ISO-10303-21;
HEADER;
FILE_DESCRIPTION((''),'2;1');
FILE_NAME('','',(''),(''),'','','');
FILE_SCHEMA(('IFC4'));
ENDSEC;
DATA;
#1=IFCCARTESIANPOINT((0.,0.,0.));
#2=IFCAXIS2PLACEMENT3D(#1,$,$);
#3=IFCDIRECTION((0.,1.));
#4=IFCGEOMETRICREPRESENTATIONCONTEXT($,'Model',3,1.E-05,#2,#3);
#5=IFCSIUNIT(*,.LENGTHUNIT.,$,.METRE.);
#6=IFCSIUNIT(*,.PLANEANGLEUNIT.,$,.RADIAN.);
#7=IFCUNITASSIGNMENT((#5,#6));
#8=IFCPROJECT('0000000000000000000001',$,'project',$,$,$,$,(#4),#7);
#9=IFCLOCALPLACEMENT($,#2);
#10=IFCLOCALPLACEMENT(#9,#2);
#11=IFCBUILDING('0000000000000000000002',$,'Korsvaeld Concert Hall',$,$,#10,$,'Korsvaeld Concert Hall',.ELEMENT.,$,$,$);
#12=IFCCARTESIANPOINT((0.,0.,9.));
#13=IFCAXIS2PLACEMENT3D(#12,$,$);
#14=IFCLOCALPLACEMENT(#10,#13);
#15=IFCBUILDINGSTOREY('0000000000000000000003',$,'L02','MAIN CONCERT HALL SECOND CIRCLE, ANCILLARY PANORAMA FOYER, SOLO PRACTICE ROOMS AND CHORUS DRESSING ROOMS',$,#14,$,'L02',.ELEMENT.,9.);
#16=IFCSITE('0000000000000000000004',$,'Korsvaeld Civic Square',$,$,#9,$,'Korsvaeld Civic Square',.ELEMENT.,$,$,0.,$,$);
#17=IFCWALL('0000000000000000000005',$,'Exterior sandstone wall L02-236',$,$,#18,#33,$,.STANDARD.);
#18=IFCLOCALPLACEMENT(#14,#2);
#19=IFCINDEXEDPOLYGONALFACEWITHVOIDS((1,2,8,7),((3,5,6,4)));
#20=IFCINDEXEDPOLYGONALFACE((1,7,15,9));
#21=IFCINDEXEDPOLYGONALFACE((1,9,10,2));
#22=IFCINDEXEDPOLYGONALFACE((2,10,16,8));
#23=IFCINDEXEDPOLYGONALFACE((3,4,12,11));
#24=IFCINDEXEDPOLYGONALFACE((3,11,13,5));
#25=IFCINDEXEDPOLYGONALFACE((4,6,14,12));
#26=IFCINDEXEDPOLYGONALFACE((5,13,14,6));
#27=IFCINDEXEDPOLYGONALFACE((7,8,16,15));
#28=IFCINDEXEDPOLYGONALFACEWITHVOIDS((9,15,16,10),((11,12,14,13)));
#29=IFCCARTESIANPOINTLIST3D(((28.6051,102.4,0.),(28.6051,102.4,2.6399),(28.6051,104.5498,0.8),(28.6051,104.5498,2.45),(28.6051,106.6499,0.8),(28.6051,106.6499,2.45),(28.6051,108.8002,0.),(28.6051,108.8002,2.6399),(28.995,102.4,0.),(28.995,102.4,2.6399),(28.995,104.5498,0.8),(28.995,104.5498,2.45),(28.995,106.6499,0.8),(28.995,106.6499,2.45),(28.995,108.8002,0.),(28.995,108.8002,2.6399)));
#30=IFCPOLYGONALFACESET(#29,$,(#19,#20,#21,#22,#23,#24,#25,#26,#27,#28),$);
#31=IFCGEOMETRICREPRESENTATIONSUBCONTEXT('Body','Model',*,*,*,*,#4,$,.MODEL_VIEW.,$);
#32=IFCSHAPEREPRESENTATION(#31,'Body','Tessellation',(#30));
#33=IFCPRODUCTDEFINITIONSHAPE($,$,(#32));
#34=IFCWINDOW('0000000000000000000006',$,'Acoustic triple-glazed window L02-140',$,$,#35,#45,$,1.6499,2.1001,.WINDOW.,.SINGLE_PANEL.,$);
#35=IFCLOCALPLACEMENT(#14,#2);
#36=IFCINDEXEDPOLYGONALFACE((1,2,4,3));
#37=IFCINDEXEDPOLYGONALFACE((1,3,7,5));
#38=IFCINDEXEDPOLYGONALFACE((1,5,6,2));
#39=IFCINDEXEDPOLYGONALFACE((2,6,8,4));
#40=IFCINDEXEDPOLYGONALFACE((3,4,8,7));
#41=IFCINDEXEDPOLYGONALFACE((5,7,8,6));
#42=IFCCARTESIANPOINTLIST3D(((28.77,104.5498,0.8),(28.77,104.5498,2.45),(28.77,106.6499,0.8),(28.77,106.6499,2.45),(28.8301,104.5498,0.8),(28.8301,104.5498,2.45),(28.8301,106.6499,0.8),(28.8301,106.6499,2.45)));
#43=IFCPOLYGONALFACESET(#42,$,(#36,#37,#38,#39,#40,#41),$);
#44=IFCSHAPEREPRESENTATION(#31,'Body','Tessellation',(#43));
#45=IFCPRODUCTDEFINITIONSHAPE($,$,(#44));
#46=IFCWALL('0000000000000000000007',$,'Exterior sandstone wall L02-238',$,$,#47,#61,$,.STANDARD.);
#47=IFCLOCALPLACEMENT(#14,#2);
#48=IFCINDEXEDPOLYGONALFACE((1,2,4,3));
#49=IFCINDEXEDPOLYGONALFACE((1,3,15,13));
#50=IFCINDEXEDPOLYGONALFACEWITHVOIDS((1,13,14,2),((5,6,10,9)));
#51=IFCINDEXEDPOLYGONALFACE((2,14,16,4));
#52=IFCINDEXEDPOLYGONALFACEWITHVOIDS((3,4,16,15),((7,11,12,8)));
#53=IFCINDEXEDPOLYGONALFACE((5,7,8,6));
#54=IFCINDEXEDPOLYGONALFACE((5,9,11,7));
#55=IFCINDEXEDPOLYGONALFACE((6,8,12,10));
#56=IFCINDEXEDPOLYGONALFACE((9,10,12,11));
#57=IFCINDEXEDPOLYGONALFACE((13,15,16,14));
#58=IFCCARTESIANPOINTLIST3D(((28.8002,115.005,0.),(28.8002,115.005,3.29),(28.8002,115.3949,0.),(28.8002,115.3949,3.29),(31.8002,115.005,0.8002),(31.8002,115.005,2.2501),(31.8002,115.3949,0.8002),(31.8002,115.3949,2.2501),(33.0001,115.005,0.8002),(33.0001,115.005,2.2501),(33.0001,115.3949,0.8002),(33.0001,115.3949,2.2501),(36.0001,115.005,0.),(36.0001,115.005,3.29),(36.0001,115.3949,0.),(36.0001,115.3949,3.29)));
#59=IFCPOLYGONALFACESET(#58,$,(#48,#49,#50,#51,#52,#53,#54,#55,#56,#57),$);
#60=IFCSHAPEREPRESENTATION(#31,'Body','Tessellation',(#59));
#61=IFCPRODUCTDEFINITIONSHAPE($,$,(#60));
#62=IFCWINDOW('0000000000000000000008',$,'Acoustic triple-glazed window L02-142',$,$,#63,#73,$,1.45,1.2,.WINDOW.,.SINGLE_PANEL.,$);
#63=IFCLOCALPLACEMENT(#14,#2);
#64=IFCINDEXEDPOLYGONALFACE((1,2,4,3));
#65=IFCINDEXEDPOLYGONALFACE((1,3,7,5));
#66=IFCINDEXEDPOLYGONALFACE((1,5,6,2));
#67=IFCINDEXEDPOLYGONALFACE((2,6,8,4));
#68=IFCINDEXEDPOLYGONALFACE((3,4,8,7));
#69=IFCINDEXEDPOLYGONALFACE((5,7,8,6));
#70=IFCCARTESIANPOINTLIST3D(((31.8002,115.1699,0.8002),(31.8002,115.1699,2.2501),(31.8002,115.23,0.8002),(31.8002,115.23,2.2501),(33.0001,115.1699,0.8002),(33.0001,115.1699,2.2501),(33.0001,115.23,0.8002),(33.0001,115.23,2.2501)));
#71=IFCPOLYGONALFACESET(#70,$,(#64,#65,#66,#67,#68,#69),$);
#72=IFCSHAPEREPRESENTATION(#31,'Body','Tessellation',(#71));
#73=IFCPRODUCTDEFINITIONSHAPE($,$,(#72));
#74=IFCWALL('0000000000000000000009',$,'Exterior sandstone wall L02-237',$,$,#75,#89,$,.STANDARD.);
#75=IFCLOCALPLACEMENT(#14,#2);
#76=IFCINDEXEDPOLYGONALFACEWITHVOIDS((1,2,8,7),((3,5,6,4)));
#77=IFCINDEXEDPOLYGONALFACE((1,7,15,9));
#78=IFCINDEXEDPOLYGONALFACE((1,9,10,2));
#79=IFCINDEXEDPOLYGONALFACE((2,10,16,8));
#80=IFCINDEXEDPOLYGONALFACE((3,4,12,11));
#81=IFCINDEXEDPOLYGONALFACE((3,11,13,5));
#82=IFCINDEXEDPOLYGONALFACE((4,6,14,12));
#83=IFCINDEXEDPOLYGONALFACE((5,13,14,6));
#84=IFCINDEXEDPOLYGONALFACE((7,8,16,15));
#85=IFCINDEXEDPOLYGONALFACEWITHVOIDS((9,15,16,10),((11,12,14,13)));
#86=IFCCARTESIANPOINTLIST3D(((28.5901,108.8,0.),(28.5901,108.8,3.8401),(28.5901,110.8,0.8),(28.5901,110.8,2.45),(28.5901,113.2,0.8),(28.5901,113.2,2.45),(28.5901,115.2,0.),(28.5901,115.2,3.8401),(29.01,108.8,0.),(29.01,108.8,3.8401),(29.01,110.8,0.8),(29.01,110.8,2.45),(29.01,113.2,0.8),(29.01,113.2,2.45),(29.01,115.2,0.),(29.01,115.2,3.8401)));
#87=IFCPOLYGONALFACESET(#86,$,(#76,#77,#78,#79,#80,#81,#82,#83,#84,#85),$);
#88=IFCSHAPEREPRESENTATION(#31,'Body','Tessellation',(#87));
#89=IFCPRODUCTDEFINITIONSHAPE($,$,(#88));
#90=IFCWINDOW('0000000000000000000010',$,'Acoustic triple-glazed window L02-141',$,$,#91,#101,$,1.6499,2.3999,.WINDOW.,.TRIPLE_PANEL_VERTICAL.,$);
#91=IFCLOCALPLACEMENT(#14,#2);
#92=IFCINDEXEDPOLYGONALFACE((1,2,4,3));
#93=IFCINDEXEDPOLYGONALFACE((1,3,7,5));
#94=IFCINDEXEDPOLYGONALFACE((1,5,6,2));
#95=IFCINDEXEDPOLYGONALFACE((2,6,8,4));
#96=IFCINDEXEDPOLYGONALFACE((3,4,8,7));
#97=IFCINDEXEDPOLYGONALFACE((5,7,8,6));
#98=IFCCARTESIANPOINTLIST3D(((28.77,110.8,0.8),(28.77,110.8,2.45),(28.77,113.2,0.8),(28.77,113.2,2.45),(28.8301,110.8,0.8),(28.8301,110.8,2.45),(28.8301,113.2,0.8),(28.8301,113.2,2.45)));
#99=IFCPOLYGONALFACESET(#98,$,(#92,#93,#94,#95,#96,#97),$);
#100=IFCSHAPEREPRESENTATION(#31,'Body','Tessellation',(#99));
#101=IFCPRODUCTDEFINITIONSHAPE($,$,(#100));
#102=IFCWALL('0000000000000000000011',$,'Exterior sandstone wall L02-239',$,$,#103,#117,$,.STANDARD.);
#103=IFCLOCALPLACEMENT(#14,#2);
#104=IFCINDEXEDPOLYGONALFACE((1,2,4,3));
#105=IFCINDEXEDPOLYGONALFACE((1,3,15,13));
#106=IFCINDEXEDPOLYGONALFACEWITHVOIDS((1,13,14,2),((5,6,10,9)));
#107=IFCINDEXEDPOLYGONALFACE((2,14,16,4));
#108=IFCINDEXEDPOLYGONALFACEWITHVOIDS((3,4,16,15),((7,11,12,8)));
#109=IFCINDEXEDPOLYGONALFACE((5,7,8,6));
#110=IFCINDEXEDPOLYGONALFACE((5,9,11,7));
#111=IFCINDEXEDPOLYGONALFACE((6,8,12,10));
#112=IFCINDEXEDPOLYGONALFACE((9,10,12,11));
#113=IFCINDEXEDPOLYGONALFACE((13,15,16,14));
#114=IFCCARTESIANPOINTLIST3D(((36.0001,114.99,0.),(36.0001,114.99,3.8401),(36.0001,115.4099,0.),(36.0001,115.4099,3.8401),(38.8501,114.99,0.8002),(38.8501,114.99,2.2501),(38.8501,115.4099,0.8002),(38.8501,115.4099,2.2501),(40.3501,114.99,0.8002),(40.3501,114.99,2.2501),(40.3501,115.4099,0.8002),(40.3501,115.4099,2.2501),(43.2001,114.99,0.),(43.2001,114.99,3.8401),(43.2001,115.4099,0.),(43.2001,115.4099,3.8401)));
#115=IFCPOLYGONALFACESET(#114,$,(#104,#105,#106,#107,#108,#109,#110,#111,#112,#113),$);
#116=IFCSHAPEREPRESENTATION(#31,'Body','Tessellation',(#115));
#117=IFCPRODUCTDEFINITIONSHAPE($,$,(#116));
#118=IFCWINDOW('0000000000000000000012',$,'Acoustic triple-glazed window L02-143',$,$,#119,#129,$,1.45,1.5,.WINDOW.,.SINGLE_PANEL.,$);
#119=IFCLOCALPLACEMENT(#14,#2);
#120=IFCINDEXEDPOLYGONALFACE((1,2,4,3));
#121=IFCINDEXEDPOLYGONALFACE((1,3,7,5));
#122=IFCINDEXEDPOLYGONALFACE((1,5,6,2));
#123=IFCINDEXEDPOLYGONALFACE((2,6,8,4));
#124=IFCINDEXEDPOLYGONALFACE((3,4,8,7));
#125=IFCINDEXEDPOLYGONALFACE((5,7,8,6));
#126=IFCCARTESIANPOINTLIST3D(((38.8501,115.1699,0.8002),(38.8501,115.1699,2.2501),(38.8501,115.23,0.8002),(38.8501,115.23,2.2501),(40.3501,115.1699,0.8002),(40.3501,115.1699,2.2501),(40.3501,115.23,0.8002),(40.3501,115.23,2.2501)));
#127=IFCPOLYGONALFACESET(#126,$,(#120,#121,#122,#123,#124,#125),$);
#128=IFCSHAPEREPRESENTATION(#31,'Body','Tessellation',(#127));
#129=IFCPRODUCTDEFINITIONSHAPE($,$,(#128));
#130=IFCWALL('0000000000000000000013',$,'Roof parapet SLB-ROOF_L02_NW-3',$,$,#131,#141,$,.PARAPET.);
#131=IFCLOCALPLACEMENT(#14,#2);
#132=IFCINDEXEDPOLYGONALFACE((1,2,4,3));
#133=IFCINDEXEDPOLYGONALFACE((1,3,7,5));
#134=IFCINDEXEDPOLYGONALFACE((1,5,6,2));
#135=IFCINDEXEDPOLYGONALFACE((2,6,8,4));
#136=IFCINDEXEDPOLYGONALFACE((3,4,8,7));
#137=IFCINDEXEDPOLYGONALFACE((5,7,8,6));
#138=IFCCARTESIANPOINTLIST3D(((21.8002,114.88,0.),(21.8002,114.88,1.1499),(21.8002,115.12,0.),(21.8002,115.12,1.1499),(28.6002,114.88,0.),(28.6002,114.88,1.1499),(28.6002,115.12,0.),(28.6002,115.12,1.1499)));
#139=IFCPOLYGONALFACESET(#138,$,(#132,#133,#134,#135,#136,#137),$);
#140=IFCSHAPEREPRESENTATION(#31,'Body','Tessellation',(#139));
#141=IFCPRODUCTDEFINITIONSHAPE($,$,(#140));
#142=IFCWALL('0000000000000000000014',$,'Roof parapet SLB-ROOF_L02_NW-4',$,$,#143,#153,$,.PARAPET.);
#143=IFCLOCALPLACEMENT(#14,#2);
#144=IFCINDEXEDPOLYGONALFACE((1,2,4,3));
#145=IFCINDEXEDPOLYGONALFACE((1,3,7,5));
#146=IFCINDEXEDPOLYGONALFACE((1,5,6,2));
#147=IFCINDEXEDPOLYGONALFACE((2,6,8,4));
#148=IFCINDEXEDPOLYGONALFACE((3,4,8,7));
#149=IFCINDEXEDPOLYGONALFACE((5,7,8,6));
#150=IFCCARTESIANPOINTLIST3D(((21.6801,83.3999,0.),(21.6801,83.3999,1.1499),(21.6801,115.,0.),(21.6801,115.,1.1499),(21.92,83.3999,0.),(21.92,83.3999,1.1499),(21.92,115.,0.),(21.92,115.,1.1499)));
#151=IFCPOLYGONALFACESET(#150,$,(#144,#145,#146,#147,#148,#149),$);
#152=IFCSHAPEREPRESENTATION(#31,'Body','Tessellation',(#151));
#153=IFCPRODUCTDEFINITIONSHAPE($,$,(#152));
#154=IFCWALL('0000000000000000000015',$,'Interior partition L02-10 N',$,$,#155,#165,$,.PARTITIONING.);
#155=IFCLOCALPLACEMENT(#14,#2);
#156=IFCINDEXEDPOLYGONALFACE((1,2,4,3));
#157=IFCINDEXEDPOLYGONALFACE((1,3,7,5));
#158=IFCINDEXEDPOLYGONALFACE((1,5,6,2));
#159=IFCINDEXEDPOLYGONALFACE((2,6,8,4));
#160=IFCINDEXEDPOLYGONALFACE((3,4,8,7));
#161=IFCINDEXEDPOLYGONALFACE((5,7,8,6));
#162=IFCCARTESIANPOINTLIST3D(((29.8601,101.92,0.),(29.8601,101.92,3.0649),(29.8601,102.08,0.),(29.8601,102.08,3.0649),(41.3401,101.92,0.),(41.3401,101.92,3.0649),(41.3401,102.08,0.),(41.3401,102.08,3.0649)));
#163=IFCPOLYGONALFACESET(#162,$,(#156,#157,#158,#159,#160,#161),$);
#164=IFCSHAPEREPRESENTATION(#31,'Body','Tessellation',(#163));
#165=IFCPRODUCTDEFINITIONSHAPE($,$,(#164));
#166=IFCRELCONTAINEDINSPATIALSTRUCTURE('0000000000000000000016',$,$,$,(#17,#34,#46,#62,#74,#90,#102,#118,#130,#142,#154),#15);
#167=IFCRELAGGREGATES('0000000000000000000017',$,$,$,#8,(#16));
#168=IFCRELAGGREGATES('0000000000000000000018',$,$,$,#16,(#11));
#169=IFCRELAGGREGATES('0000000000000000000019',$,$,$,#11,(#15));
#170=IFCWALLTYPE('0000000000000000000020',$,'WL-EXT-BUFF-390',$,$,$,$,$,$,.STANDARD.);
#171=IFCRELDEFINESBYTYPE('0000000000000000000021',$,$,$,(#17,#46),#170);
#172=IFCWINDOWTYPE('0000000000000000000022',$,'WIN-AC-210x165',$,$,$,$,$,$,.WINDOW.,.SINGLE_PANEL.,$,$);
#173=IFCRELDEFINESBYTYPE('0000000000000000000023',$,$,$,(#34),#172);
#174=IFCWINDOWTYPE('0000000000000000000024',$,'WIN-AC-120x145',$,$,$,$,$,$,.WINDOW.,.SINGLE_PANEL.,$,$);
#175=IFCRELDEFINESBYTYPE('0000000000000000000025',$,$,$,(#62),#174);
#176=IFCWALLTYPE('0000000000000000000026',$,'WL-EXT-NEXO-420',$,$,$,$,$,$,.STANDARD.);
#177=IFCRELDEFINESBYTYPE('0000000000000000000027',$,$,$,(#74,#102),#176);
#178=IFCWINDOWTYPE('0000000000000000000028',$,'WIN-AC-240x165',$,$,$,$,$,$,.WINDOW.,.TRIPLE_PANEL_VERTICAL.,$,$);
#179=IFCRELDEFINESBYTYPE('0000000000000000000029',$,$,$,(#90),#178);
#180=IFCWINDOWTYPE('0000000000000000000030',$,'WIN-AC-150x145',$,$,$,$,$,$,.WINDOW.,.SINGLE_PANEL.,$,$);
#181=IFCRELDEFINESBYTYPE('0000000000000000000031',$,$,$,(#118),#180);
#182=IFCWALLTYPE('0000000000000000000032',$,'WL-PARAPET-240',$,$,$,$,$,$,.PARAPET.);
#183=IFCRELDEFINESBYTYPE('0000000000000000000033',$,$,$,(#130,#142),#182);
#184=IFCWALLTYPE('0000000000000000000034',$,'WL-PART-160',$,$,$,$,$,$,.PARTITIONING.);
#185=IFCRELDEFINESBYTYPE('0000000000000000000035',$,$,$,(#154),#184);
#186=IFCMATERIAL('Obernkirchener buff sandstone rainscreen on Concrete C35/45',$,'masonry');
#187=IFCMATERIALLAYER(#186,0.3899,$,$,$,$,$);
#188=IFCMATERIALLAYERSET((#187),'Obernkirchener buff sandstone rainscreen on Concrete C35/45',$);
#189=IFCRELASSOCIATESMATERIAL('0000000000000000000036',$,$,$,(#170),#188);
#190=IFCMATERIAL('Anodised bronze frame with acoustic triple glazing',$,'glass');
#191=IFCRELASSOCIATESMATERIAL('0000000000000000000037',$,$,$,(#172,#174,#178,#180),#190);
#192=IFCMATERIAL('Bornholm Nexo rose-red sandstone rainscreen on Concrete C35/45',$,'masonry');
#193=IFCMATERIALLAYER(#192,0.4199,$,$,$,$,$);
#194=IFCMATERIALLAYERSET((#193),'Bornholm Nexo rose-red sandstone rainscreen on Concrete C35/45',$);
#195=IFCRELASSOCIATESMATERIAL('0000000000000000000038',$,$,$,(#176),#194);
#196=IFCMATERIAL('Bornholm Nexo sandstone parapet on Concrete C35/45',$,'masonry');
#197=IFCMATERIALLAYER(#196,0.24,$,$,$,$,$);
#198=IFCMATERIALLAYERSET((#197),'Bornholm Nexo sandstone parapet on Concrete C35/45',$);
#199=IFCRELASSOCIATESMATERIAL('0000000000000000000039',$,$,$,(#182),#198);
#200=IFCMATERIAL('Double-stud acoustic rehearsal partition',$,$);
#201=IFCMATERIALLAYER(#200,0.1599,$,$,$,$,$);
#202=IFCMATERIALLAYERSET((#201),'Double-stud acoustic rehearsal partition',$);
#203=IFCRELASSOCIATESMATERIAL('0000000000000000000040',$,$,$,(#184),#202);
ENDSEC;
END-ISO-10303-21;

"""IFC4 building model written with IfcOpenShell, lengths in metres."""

from ifc_helpers import new_model, si_unit, direction, frame, frame_2d, origin, place, context, subcontext, project, spatial, rectangle, extrude, material, layer, layer_set, type_object, element, fill, save


model = new_model("IFC4")

# Units and contexts
model_context = context("Model", 3, precision=1e-05, world=origin(), true_north=direction((0.0, 1.0)))
body_context = subcontext(model_context, "Body", "Model", "MODEL_VIEW")
ifc_project = project(units=[si_unit("LENGTHUNIT", "METRE"), si_unit("PLANEANGLEUNIT", "RADIAN")], contexts=[model_context])

# Site, building, storey
site_placement = place(None, origin())
site = spatial("IfcSite", under=ifc_project, at=site_placement, Name="Korsvaeld Civic Square", LongName="Korsvaeld Civic Square", CompositionType="ELEMENT", RefElevation=0.0)
building_placement = place(site_placement, origin())
building = spatial("IfcBuilding", under=site, at=building_placement, Name="Korsvaeld Concert Hall", LongName="Korsvaeld Concert Hall", CompositionType="ELEMENT")
storey_placement = place(building_placement, frame((0.0, 0.0, 9.0)))
storey = spatial("IfcBuildingStorey", under=building, at=storey_placement, Name="L02", Description="MAIN CONCERT HALL SECOND CIRCLE, ANCILLARY PANORAMA FOYER, SOLO PRACTICE ROOMS AND CHORUS DRESSING ROOMS", LongName="L02", CompositionType="ELEMENT", Elevation=9.0)

# Walls, openings, windows
ifc_material_1 = material(Name="Obernkirchener buff sandstone rainscreen on Concrete C35/45", Category="masonry")
ifc_layer_1 = layer(ifc_material_1, 0.3899)
ifc_layer_set_1 = layer_set([ifc_layer_1], Name="Obernkirchener buff sandstone rainscreen on Concrete C35/45")
wall_type_1 = type_object("IfcWallType", Name="WL-EXT-BUFF-390", PredefinedType="STANDARD", material=ifc_layer_set_1)
wall_1_placement = place(storey_placement, frame((28.8, 102.3999, 0.0), z_axis=(0.0, 0.0, 1.0), x_axis=(0.0, 1.0, 0.0)))
wall_1 = element("IfcWall", 1, at=wall_1_placement, inside=storey, type_object=wall_type_1, Name="Exterior sandstone wall L02-236", PredefinedType="STANDARD", context=body_context, shape_type="SweptSolid", body=[
    extrude(rectangle(XDim=6.4001, YDim=0.3899, at=frame_2d((3.2002, 0.0))), origin(), (0.0, 0.0, 1.0), 2.6399),
])
opening_1_placement = place(wall_1_placement, frame((2.1499, 0.0, 0.8)))
opening_1 = element("IfcOpeningElement", 2, at=opening_1_placement, cuts=wall_1, PredefinedType="OPENING", context=body_context, shape_type="SweptSolid", body=[
    extrude(rectangle(XDim=2.1001, YDim=1.6499, at=frame_2d((1.05, 0.825))), frame((0.0, 0.2051, 0.0), z_axis=(0.0, -1.0, 0.0), x_axis=(1.0, 0.0, 0.0)), (0.0, 0.0, 1.0), 0.4099),
])
ifc_material_2 = material(Name="Anodised bronze frame with acoustic triple glazing", Category="glass")
window_type_1 = type_object("IfcWindowType", Name="WIN-AC-210x165", PartitioningType="SINGLE_PANEL", PredefinedType="WINDOW", material=ifc_material_2)
window_1_placement = place(opening_1_placement, origin())
window_1 = element("IfcWindow", 3, at=window_1_placement, inside=storey, type_object=window_type_1, Name="Acoustic triple-glazed window L02-140", OverallHeight=1.6499, OverallWidth=2.1001, PartitioningType="SINGLE_PANEL", PredefinedType="WINDOW", context=body_context, shape_type="SweptSolid", body=[
    extrude(rectangle(XDim=2.1001, YDim=1.6499, at=frame_2d((1.05, 0.825))), frame((0.0, 0.03, 0.0), z_axis=(0.0, -1.0, 0.0), x_axis=(1.0, 0.0, 0.0)), (0.0, 0.0, 1.0), 0.0601),
])
fill(opening_1, window_1)
wall_2_placement = place(storey_placement, frame((28.8, 115.2, 0.0), z_axis=(0.0, 0.0, 1.0), x_axis=(1.0, 0.0, 0.0)))
wall_2 = element("IfcWall", 4, at=wall_2_placement, inside=storey, type_object=wall_type_1, Name="Exterior sandstone wall L02-238", PredefinedType="STANDARD", context=body_context, shape_type="SweptSolid", body=[
    extrude(rectangle(XDim=7.2, YDim=0.3899, at=frame_2d((3.6001, 0.0))), origin(), (0.0, 0.0, 1.0), 3.29),
])
opening_2_placement = place(wall_2_placement, frame((3.0, 0.0, 0.8)))
opening_2 = element("IfcOpeningElement", 5, at=opening_2_placement, cuts=wall_2, PredefinedType="OPENING", context=body_context, shape_type="SweptSolid", body=[
    extrude(rectangle(XDim=1.2, YDim=1.45, at=frame_2d((0.6001, 0.7251))), frame((0.0, 0.2051, 0.0), z_axis=(0.0, -1.0, 0.0), x_axis=(1.0, 0.0, 0.0)), (0.0, 0.0, 1.0), 0.4099),
])
window_type_2 = type_object("IfcWindowType", Name="WIN-AC-120x145", PartitioningType="SINGLE_PANEL", PredefinedType="WINDOW", material=ifc_material_2)
window_2_placement = place(opening_2_placement, origin())
window_2 = element("IfcWindow", 6, at=window_2_placement, inside=storey, type_object=window_type_2, Name="Acoustic triple-glazed window L02-142", OverallHeight=1.45, OverallWidth=1.2, PartitioningType="SINGLE_PANEL", PredefinedType="WINDOW", context=body_context, shape_type="SweptSolid", body=[
    extrude(rectangle(XDim=1.2, YDim=1.45, at=frame_2d((0.6001, 0.7251))), frame((0.0, 0.03, 0.0), z_axis=(0.0, -1.0, 0.0), x_axis=(1.0, 0.0, 0.0)), (0.0, 0.0, 1.0), 0.0601),
])
fill(opening_2, window_2)
ifc_material_3 = material(Name="Bornholm Nexo rose-red sandstone rainscreen on Concrete C35/45", Category="masonry")
ifc_layer_2 = layer(ifc_material_3, 0.4199)
ifc_layer_set_2 = layer_set([ifc_layer_2], Name="Bornholm Nexo rose-red sandstone rainscreen on Concrete C35/45")
wall_type_2 = type_object("IfcWallType", Name="WL-EXT-NEXO-420", PredefinedType="STANDARD", material=ifc_layer_set_2)
wall_3_placement = place(storey_placement, frame((28.8, 108.8, 0.0), z_axis=(0.0, 0.0, 1.0), x_axis=(0.0, 1.0, 0.0)))
wall_3 = element("IfcWall", 7, at=wall_3_placement, inside=storey, type_object=wall_type_2, Name="Exterior sandstone wall L02-237", PredefinedType="STANDARD", context=body_context, shape_type="SweptSolid", body=[
    extrude(rectangle(XDim=6.3999, YDim=0.4199, at=frame_2d((3.2, 0.0))), origin(), (0.0, 0.0, 1.0), 3.8401),
])
opening_3_placement = place(wall_3_placement, frame((2.0, 0.0, 0.8)))
opening_3 = element("IfcOpeningElement", 8, at=opening_3_placement, cuts=wall_3, PredefinedType="OPENING", context=body_context, shape_type="SweptSolid", body=[
    extrude(rectangle(XDim=2.3999, YDim=1.6499, at=frame_2d((1.2, 0.825))), frame((0.0, 0.22, 0.0), z_axis=(0.0, -1.0, 0.0), x_axis=(1.0, 0.0, 0.0)), (0.0, 0.0, 1.0), 0.4399),
])
window_type_3 = type_object("IfcWindowType", Name="WIN-AC-240x165", PartitioningType="TRIPLE_PANEL_VERTICAL", PredefinedType="WINDOW", material=ifc_material_2)
window_3_placement = place(opening_3_placement, origin())
window_3 = element("IfcWindow", 9, at=window_3_placement, inside=storey, type_object=window_type_3, Name="Acoustic triple-glazed window L02-141", OverallHeight=1.6499, OverallWidth=2.3999, PartitioningType="TRIPLE_PANEL_VERTICAL", PredefinedType="WINDOW", context=body_context, shape_type="SweptSolid", body=[
    extrude(rectangle(XDim=2.3999, YDim=1.6499, at=frame_2d((1.2, 0.825))), frame((0.0, 0.03, 0.0), z_axis=(0.0, -1.0, 0.0), x_axis=(1.0, 0.0, 0.0)), (0.0, 0.0, 1.0), 0.0601),
])
fill(opening_3, window_3)
wall_4_placement = place(storey_placement, frame((36.0, 115.2, 0.0), z_axis=(0.0, 0.0, 1.0), x_axis=(1.0, 0.0, 0.0)))
wall_4 = element("IfcWall", 10, at=wall_4_placement, inside=storey, type_object=wall_type_2, Name="Exterior sandstone wall L02-239", PredefinedType="STANDARD", context=body_context, shape_type="SweptSolid", body=[
    extrude(rectangle(XDim=7.2, YDim=0.4199, at=frame_2d((3.6001, 0.0))), origin(), (0.0, 0.0, 1.0), 3.8401),
])
opening_4_placement = place(wall_4_placement, frame((2.8501, 0.0, 0.8)))
opening_4 = element("IfcOpeningElement", 11, at=opening_4_placement, cuts=wall_4, PredefinedType="OPENING", context=body_context, shape_type="SweptSolid", body=[
    extrude(rectangle(XDim=1.5, YDim=1.45, at=frame_2d((0.75, 0.7251))), frame((0.0, 0.22, 0.0), z_axis=(0.0, -1.0, 0.0), x_axis=(1.0, 0.0, 0.0)), (0.0, 0.0, 1.0), 0.4399),
])
window_type_4 = type_object("IfcWindowType", Name="WIN-AC-150x145", PartitioningType="SINGLE_PANEL", PredefinedType="WINDOW", material=ifc_material_2)
window_4_placement = place(opening_4_placement, origin())
window_4 = element("IfcWindow", 12, at=window_4_placement, inside=storey, type_object=window_type_4, Name="Acoustic triple-glazed window L02-143", OverallHeight=1.45, OverallWidth=1.5, PartitioningType="SINGLE_PANEL", PredefinedType="WINDOW", context=body_context, shape_type="SweptSolid", body=[
    extrude(rectangle(XDim=1.5, YDim=1.45, at=frame_2d((0.75, 0.7251))), frame((0.0, 0.03, 0.0), z_axis=(0.0, -1.0, 0.0), x_axis=(1.0, 0.0, 0.0)), (0.0, 0.0, 1.0), 0.0601),
])
fill(opening_4, window_4)

# Walls
ifc_material_4 = material(Name="Bornholm Nexo sandstone parapet on Concrete C35/45", Category="masonry")
ifc_layer_3 = layer(ifc_material_4, 0.24)
ifc_layer_set_3 = layer_set([ifc_layer_3], Name="Bornholm Nexo sandstone parapet on Concrete C35/45")
wall_type_3 = type_object("IfcWallType", Name="WL-PARAPET-240", PredefinedType="PARAPET", material=ifc_layer_set_3)
wall_5_placement = place(storey_placement, frame((28.6001, 115.0, 0.0), z_axis=(0.0, 0.0, 1.0), x_axis=(-1.0, 0.0, 0.0)))
element("IfcWall", 13, at=wall_5_placement, inside=storey, type_object=wall_type_3, Name="Roof parapet SLB-ROOF_L02_NW-3", PredefinedType="PARAPET", context=body_context, shape_type="SweptSolid", body=[
    extrude(rectangle(XDim=6.8, YDim=0.24, at=frame_2d((3.3999, 0.0))), origin(), (0.0, 0.0, 1.0), 1.1499),
])
wall_6_placement = place(storey_placement, frame((21.8, 115.0, 0.0), z_axis=(0.0, 0.0, 1.0), x_axis=(0.0, -1.0, 0.0)))
element("IfcWall", 14, at=wall_6_placement, inside=storey, type_object=wall_type_3, Name="Roof parapet SLB-ROOF_L02_NW-4", PredefinedType="PARAPET", context=body_context, shape_type="SweptSolid", body=[
    extrude(rectangle(XDim=31.6001, YDim=0.24, at=frame_2d((15.8, 0.0))), origin(), (0.0, 0.0, 1.0), 1.1499),
])
ifc_material_5 = material(Name="Double-stud acoustic rehearsal partition")
ifc_layer_4 = layer(ifc_material_5, 0.1599)
ifc_layer_set_4 = layer_set([ifc_layer_4], Name="Double-stud acoustic rehearsal partition")
wall_type_4 = type_object("IfcWallType", Name="WL-PART-160", PredefinedType="PARTITIONING", material=ifc_layer_set_4)
wall_7_placement = place(storey_placement, frame((41.3401, 102.0, 0.0), z_axis=(0.0, 0.0, 1.0), x_axis=(-1.0, 0.0, 0.0)))
element("IfcWall", 15, at=wall_7_placement, inside=storey, type_object=wall_type_4, Name="Interior partition L02-10 N", PredefinedType="PARTITIONING", context=body_context, shape_type="SweptSolid", body=[
    extrude(rectangle(XDim=11.48, YDim=0.1599, at=frame_2d((5.74, 0.0))), origin(), (0.0, 0.0, 1.0), 3.0649),
])

save(model, "model.ifc")
